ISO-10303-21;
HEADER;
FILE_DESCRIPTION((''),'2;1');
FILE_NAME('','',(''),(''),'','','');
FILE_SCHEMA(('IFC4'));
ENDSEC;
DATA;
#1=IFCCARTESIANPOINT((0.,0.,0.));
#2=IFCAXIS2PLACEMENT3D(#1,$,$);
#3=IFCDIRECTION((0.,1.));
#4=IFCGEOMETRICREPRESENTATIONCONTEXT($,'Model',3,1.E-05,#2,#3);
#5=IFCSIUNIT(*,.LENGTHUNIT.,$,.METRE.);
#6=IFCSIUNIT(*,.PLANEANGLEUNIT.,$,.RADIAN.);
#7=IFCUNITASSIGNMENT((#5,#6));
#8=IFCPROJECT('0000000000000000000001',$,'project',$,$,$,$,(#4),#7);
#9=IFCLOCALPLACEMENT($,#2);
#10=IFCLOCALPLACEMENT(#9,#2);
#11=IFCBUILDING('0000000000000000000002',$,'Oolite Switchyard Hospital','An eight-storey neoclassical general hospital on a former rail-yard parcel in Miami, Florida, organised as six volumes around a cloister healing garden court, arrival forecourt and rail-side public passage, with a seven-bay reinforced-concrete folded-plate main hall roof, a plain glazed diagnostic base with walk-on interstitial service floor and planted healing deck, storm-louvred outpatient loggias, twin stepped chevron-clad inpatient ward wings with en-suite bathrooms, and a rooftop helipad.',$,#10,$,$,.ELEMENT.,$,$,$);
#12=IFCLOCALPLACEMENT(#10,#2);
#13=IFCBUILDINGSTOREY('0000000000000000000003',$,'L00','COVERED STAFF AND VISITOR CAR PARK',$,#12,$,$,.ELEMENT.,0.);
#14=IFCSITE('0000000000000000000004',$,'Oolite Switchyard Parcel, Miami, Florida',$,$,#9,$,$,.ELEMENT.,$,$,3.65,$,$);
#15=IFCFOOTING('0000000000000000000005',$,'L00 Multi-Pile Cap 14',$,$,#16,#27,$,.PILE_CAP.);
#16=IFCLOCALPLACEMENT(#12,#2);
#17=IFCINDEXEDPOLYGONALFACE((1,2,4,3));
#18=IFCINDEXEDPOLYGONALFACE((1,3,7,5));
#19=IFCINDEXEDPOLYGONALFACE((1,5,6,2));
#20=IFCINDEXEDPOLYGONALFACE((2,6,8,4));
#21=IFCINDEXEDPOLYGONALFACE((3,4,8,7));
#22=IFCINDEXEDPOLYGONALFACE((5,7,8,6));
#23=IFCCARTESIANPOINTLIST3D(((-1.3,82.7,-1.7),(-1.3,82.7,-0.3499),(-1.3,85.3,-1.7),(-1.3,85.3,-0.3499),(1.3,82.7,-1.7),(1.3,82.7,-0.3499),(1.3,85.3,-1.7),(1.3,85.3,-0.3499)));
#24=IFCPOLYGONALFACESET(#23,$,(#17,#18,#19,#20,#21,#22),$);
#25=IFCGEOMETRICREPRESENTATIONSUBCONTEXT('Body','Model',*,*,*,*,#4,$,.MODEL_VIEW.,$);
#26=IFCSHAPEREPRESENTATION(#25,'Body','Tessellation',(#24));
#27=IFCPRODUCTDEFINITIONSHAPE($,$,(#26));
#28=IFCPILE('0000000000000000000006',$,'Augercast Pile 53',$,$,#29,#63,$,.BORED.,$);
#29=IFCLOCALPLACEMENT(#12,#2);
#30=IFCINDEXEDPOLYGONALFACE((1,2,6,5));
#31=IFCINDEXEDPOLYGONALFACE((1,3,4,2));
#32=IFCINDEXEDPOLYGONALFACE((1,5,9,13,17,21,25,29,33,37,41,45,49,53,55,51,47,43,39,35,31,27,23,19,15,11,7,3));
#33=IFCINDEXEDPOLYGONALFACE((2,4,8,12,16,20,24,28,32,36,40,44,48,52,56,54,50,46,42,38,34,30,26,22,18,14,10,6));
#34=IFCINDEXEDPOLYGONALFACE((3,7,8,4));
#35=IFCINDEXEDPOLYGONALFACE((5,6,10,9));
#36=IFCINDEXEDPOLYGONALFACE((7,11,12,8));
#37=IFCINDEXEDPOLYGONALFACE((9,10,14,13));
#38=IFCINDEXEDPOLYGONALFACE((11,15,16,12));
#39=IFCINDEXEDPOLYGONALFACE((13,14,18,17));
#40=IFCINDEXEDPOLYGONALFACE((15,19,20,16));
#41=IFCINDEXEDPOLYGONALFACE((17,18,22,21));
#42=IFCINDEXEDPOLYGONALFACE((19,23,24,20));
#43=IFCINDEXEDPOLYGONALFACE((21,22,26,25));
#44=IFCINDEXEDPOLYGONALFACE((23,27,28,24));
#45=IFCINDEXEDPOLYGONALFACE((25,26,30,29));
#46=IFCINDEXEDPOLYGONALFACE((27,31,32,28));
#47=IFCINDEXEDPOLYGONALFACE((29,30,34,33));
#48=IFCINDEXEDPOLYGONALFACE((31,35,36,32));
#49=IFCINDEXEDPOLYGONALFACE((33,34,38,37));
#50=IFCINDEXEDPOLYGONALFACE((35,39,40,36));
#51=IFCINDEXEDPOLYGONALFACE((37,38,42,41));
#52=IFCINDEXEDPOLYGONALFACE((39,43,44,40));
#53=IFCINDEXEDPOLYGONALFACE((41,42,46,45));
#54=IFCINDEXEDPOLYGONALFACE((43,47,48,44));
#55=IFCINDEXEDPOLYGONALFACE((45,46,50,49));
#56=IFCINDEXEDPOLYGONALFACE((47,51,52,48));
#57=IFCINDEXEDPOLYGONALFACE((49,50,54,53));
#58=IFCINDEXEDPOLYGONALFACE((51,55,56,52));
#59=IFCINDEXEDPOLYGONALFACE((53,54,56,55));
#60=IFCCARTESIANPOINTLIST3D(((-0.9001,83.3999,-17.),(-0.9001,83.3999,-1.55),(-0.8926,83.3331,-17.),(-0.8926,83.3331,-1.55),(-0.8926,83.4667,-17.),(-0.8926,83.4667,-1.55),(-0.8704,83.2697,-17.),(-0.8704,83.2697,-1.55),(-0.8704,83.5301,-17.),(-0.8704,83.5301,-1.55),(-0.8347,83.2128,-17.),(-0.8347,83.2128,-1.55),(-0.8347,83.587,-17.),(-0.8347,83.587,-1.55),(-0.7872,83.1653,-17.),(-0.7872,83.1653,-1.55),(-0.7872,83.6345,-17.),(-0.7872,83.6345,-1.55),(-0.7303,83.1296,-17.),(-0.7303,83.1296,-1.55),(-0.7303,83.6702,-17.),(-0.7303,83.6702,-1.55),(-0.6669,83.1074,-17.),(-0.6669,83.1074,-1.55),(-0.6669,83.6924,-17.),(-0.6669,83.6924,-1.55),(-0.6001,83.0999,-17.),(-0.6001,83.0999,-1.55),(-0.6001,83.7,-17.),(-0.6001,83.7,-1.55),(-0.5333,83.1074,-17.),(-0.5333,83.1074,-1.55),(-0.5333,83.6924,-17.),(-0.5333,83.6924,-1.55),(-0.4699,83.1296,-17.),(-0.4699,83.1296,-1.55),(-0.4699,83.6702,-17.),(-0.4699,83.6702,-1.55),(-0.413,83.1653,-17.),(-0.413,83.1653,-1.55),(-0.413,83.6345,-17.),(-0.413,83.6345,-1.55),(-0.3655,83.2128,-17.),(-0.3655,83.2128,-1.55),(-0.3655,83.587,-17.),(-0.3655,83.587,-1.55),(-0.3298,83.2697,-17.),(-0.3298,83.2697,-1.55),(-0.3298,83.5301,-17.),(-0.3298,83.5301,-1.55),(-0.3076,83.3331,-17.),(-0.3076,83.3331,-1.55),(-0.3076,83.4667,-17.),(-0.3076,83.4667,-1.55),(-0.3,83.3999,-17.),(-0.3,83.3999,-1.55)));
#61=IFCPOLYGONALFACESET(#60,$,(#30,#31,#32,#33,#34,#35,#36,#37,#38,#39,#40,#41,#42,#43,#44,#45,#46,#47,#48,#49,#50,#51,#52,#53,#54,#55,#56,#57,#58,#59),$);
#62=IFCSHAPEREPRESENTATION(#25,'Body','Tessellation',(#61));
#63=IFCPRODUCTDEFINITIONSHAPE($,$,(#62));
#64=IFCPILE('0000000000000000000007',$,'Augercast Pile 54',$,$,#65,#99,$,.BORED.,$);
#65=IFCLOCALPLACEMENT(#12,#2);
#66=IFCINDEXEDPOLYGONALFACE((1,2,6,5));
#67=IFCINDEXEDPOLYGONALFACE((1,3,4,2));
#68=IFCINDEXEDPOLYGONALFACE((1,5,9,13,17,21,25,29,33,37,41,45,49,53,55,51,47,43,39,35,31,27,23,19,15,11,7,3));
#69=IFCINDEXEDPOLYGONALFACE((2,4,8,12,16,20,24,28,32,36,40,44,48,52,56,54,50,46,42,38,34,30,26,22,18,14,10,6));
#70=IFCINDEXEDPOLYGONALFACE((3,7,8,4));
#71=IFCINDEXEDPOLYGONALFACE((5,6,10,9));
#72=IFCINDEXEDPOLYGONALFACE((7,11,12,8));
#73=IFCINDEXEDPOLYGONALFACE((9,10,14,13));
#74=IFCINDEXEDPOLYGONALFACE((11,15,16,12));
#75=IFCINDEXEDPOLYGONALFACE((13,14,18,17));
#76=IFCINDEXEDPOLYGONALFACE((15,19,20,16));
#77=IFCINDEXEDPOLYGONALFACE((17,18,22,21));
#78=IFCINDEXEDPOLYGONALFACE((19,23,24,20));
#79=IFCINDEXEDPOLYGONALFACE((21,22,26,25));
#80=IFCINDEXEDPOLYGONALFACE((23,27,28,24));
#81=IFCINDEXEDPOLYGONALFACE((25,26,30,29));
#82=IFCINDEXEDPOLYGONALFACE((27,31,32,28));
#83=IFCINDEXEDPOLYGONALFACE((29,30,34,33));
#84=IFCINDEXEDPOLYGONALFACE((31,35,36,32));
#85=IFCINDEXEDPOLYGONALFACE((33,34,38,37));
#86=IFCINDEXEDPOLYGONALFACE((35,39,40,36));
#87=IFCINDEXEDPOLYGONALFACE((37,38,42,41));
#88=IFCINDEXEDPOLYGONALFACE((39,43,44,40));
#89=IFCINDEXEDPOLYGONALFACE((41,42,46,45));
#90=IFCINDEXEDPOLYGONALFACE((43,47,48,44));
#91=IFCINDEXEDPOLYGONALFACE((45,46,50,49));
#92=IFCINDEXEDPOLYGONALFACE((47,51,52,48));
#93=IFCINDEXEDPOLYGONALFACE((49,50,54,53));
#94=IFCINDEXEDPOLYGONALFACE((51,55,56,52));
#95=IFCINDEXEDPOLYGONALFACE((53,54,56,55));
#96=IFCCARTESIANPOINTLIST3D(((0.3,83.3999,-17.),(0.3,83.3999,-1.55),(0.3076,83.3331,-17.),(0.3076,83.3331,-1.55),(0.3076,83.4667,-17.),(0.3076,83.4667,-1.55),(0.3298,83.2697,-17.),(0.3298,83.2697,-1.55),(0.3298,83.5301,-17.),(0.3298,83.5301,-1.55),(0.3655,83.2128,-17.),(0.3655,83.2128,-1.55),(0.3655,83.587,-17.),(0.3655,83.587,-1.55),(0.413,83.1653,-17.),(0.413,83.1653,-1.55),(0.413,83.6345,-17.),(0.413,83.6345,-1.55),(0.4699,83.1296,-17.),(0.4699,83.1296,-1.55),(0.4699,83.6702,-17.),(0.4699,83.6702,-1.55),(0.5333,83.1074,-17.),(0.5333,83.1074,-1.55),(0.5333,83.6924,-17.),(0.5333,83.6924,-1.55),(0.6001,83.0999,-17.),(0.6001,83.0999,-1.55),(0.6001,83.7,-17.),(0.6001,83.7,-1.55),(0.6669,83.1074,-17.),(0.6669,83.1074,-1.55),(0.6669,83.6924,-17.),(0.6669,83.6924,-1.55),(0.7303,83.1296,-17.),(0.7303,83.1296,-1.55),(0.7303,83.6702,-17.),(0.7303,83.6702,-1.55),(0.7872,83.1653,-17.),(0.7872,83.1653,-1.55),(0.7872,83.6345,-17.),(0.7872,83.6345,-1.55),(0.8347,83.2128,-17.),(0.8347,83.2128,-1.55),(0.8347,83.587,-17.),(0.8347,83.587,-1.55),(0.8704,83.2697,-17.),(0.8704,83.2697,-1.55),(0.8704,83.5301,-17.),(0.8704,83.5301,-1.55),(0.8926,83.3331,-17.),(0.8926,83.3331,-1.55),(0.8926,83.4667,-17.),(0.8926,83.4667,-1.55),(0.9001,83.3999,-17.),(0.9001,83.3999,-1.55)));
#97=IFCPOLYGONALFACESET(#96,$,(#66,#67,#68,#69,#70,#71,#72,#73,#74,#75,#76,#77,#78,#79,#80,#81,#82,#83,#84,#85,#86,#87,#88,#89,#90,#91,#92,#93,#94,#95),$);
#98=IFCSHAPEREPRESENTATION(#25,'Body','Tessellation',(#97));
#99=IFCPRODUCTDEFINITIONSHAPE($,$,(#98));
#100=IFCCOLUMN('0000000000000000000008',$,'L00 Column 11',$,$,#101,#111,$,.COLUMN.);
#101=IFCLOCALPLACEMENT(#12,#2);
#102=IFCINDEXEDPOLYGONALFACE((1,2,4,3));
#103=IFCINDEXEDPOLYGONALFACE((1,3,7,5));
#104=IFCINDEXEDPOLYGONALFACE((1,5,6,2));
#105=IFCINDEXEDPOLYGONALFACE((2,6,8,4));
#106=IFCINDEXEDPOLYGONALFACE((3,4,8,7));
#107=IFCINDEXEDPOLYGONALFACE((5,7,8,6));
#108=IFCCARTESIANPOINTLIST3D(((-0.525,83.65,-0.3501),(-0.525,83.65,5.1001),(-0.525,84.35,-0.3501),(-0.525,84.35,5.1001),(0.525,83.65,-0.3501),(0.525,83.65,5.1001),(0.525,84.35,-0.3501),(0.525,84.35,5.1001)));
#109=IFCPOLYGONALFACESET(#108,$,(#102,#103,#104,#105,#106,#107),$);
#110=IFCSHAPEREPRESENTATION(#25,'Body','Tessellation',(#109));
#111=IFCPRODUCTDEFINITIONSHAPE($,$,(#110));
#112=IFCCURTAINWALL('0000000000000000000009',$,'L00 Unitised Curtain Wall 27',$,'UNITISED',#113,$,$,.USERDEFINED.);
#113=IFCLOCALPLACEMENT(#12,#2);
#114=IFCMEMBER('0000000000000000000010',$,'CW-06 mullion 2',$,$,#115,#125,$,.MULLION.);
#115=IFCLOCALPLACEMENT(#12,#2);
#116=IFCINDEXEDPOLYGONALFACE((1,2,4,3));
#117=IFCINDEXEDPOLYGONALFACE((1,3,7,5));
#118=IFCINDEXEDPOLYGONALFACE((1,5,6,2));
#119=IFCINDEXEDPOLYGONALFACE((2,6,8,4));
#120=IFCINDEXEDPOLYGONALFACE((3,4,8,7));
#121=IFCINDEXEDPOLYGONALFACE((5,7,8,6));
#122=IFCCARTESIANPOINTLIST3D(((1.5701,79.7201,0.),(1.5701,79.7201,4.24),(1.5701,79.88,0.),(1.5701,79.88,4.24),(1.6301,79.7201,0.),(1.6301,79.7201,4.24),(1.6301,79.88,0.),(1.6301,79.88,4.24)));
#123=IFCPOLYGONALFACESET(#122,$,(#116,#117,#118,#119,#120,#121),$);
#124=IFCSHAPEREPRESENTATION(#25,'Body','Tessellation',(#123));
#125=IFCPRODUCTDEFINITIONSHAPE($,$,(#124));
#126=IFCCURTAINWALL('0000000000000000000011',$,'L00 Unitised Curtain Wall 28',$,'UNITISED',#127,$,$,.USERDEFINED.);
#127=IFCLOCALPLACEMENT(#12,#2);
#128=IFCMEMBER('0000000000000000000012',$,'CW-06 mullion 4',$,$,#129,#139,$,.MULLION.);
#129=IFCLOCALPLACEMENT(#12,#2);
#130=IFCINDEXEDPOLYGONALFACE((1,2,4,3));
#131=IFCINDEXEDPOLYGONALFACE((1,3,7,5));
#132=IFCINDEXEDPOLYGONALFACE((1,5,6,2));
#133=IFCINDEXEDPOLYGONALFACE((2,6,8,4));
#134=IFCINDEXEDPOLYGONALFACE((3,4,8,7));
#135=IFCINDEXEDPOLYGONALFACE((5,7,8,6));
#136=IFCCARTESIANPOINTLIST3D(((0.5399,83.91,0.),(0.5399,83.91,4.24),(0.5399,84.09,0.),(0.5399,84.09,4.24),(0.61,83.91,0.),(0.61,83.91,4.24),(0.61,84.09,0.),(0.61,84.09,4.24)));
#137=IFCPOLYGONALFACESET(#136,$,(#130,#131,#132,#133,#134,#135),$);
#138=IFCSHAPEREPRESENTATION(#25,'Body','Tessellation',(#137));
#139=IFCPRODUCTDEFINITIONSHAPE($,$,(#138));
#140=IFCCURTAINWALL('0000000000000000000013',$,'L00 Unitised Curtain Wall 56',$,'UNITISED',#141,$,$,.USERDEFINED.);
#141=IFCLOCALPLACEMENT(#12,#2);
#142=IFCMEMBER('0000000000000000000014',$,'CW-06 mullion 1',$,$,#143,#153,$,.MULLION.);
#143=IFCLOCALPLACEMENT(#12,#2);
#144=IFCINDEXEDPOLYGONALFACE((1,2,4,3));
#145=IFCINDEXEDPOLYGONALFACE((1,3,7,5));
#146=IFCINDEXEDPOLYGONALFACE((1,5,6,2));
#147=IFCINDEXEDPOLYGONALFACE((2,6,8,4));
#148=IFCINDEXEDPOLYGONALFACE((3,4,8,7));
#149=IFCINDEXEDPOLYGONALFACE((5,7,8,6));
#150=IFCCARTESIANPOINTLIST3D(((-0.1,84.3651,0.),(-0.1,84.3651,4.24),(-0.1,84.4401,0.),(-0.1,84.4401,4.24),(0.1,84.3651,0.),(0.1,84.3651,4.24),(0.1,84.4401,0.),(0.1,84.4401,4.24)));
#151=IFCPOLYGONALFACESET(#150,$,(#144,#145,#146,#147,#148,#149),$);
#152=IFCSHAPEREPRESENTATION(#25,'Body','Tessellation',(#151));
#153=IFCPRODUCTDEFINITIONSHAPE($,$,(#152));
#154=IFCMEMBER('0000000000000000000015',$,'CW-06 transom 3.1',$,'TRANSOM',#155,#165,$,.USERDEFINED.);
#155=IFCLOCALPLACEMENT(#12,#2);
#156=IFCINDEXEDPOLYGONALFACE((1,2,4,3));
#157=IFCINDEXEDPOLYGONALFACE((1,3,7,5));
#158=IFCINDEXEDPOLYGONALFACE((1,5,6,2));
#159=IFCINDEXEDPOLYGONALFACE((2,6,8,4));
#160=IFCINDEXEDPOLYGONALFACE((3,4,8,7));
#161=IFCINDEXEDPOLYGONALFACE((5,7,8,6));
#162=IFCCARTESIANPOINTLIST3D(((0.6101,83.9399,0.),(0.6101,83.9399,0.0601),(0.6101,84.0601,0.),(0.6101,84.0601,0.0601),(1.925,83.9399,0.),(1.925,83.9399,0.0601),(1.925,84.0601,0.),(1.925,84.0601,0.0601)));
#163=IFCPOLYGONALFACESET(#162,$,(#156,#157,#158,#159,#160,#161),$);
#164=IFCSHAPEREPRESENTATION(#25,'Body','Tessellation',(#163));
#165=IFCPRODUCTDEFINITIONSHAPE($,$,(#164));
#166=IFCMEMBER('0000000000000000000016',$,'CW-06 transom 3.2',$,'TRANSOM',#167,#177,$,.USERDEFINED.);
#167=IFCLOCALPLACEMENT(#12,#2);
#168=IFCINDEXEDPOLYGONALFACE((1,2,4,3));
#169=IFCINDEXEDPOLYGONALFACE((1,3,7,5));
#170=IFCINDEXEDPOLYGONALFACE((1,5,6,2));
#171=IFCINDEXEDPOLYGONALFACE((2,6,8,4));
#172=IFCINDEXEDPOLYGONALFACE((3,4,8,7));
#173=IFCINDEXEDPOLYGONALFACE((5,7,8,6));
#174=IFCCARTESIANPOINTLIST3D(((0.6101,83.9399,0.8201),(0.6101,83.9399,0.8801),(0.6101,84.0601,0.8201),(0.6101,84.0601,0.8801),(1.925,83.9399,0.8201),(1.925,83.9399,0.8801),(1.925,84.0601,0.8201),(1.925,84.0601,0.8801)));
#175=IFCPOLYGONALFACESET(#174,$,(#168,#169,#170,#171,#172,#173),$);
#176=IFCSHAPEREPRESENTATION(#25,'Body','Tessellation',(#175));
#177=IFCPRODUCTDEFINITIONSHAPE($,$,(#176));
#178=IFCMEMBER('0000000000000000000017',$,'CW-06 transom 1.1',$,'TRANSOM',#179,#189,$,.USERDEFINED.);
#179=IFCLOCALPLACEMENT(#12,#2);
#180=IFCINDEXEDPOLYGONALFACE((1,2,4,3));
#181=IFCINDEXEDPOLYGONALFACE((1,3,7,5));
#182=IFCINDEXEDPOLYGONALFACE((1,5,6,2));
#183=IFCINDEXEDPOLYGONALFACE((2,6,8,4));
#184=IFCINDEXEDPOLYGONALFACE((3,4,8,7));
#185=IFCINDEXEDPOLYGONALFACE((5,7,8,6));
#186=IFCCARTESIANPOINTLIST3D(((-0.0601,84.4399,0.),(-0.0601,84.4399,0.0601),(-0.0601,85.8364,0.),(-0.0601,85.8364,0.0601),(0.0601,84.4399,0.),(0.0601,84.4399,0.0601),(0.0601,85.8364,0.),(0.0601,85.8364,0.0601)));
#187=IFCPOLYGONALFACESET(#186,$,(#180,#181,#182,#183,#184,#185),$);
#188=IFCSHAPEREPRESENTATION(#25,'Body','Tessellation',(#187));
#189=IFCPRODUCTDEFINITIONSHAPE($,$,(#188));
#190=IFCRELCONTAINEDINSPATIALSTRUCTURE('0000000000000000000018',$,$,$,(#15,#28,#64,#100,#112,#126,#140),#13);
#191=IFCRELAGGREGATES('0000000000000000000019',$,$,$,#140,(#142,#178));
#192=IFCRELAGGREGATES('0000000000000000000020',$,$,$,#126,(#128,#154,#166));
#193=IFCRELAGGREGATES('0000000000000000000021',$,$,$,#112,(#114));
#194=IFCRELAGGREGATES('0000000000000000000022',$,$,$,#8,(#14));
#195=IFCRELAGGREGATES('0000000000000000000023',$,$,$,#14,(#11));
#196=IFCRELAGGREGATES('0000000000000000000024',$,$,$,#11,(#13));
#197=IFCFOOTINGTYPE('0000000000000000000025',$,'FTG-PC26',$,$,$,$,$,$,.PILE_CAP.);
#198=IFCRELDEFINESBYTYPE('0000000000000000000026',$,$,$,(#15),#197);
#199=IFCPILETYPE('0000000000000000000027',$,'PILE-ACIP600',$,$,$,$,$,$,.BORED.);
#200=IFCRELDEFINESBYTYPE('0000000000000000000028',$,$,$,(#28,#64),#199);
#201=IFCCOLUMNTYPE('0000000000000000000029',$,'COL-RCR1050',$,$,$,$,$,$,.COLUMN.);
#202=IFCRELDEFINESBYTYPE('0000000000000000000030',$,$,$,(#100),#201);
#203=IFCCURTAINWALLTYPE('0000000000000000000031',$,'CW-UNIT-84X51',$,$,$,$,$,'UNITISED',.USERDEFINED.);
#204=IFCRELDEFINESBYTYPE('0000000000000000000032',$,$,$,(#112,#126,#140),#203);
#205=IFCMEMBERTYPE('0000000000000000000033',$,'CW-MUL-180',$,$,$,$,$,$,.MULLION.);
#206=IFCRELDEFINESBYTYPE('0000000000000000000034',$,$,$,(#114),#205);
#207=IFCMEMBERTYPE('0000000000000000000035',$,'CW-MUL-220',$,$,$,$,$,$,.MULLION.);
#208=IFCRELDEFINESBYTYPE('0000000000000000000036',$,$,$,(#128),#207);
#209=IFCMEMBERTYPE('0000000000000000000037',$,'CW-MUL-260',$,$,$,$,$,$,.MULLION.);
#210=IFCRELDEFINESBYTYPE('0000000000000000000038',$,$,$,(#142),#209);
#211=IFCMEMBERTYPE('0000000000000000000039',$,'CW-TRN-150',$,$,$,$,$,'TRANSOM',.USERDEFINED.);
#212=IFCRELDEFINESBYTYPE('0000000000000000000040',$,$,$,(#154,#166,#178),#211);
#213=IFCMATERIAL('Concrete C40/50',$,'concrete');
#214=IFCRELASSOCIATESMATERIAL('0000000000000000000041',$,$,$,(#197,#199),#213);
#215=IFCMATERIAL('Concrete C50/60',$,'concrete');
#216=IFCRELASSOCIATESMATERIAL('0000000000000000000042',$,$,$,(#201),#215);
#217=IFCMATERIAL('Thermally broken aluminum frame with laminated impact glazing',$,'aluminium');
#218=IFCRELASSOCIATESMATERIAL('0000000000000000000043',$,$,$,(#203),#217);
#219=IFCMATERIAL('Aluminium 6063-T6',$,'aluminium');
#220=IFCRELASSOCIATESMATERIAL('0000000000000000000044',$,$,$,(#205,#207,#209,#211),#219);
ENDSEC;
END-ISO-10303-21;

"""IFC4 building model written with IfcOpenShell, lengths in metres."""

from ifc_helpers import new_model, si_unit, direction, frame, origin, origin_2d, place, context, subcontext, project, spatial, rectangle, circle, extrude, material, material_profile, profile_set, type_object, element, aggregate, save


model = new_model("IFC4")

# Units and contexts
model_context = context("Model", 3, precision=1e-05, world=origin(), true_north=direction((0.0, 1.0)))
body_context = subcontext(model_context, "Body", "Model", "MODEL_VIEW")
ifc_project = project(units=[si_unit("LENGTHUNIT", "METRE"), si_unit("PLANEANGLEUNIT", "RADIAN")], contexts=[model_context])

# Site, building, storey
site_placement = place(None, origin())
site = spatial("IfcSite", under=ifc_project, at=site_placement, Name="Oolite Switchyard Parcel, Miami, Florida", CompositionType="ELEMENT", RefElevation=3.65)
building_placement = place(site_placement, origin())
building = spatial("IfcBuilding", under=site, at=building_placement, Name="Oolite Switchyard Hospital", Description="An eight-storey neoclassical general hospital on a former rail-yard parcel in Miami, Florida, organised as six volumes around a cloister healing garden court, arrival forecourt and rail-side public passage, with a seven-bay reinforced-concrete folded-plate main hall roof, a plain glazed diagnostic base with walk-on interstitial service floor and planted healing deck, storm-louvred outpatient loggias, twin stepped chevron-clad inpatient ward wings with en-suite bathrooms, and a rooftop helipad.", CompositionType="ELEMENT")
storey_placement = place(building_placement, origin())
storey = spatial("IfcBuildingStorey", under=building, at=storey_placement, Name="L00", Description="COVERED STAFF AND VISITOR CAR PARK", CompositionType="ELEMENT", Elevation=0.0)

# Footing
ifc_material_1 = material(Name="Concrete C40/50", Category="concrete")
footing_type = type_object("IfcFootingType", Name="FTG-PC26", PredefinedType="PILE_CAP", material=ifc_material_1)
footing_placement = place(storey_placement, frame((0.0, 84.0, -1.7), z_axis=(0.0, 0.0, 1.0), x_axis=(1.0, 0.0, 0.0)))
element("IfcFooting", 1, at=footing_placement, inside=storey, type_object=footing_type, Name="L00 Multi-Pile Cap 14", PredefinedType="PILE_CAP", context=body_context, shape_type="SweptSolid", body=[
    extrude(rectangle(XDim=2.6001, YDim=2.6001, at=origin_2d()), origin(), (0.0, 0.0, 1.0), 1.3501),
])

# Piles
ifc_material_profile_1 = material_profile(ifc_material_1, circle(Radius=0.3, at=origin_2d()), Name="PILE600")
ifc_profile_set_1 = profile_set([ifc_material_profile_1], Name="Concrete C40/50")
pile_type = type_object("IfcPileType", Name="PILE-ACIP600", PredefinedType="BORED", material=ifc_profile_set_1)
for number, where, z_axis, x_axis, name in (
    (2, (-0.6001, 83.3999, -1.55), (0.0, 0.0, -1.0), (1.0, 0.0, 0.0), "Augercast Pile 53"),
    (3, (0.6001, 83.3999, -1.55), (0.0, 0.0, -1.0), (1.0, 0.0, 0.0), "Augercast Pile 54"),
):
    element("IfcPile", number, at=place(storey_placement, frame(where, z_axis=z_axis, x_axis=x_axis)), inside=storey, type_object=pile_type, Name=name, PredefinedType="BORED", context=body_context, shape_type="SweptSolid", body=[
        extrude(circle(Radius=0.3, at=origin_2d()), origin(), (0.0, 0.0, 1.0), 15.45),
    ])

# Column
ifc_material_2 = material(Name="Concrete C50/60", Category="concrete")
ifc_material_profile_2 = material_profile(ifc_material_2, rectangle(XDim=1.05, YDim=0.7, at=origin_2d()), Name="RC1050X700")
ifc_profile_set_2 = profile_set([ifc_material_profile_2], Name="Concrete C50/60")
column_type = type_object("IfcColumnType", Name="COL-RCR1050", PredefinedType="COLUMN", material=ifc_profile_set_2)
column_placement = place(storey_placement, frame((0.0, 84.0, -0.3501), z_axis=(0.0, 0.0, 1.0), x_axis=(1.0, 0.0, 0.0)))
element("IfcColumn", 4, at=column_placement, inside=storey, type_object=column_type, Name="L00 Column 11", PredefinedType="COLUMN", context=body_context, shape_type="SweptSolid", body=[
    extrude(rectangle(XDim=1.05, YDim=0.7, at=origin_2d()), origin(), (0.0, 0.0, 1.0), 5.4502),
])

# Curtain walls, members
ifc_material_3 = material(Name="Thermally broken aluminum frame with laminated impact glazing", Category="aluminium")
curtain_wall_type = type_object("IfcCurtainWallType", Name="CW-UNIT-84X51", ElementType="UNITISED", PredefinedType="USERDEFINED", material=ifc_material_3)
curtain_wall_1_placement = place(storey_placement, origin())
curtain_wall_1 = element("IfcCurtainWall", 5, at=curtain_wall_1_placement, inside=storey, type_object=curtain_wall_type, Name="L00 Unitised Curtain Wall 27", ObjectType="UNITISED", PredefinedType="USERDEFINED")
ifc_material_4 = material(Name="Aluminium 6063-T6", Category="aluminium")
ifc_material_profile_3 = material_profile(ifc_material_4, rectangle(XDim=0.1599, YDim=0.0601, at=origin_2d()), Name="CWM60X160")
ifc_profile_set_3 = profile_set([ifc_material_profile_3], Name="Aluminium 6063-T6")
member_type_1 = type_object("IfcMemberType", Name="CW-MUL-180", PredefinedType="MULLION", material=ifc_profile_set_3)
member_1_placement = place(storey_placement, frame((1.6001, 79.8, 0.0), z_axis=(0.0, 0.0, 1.0), x_axis=(0.0, 1.0, 0.0)))
member_1 = element("IfcMember", 6, at=member_1_placement, type_object=member_type_1, Name="CW-06 mullion 2", PredefinedType="MULLION", context=body_context, shape_type="SweptSolid", body=[
    extrude(rectangle(XDim=0.1599, YDim=0.0601, at=origin_2d()), origin(), (0.0, 0.0, 1.0), 4.24),
])
curtain_wall_2_placement = place(storey_placement, origin())
curtain_wall_2 = element("IfcCurtainWall", 7, at=curtain_wall_2_placement, inside=storey, type_object=curtain_wall_type, Name="L00 Unitised Curtain Wall 28", ObjectType="UNITISED", PredefinedType="USERDEFINED")
ifc_material_profile_4 = material_profile(ifc_material_4, rectangle(XDim=0.1799, YDim=0.0701, at=origin_2d()), Name="CWM70X180")
ifc_profile_set_4 = profile_set([ifc_material_profile_4], Name="Aluminium 6063-T6")
member_type_2 = type_object("IfcMemberType", Name="CW-MUL-220", PredefinedType="MULLION", material=ifc_profile_set_4)
member_2_placement = place(storey_placement, frame((0.575, 84.0, 0.0), z_axis=(0.0, 0.0, 1.0), x_axis=(0.0, -1.0, 0.0)))
member_2 = element("IfcMember", 8, at=member_2_placement, type_object=member_type_2, Name="CW-06 mullion 4", PredefinedType="MULLION", context=body_context, shape_type="SweptSolid", body=[
    extrude(rectangle(XDim=0.1799, YDim=0.0701, at=origin_2d()), origin(), (0.0, 0.0, 1.0), 4.24),
])
curtain_wall_3_placement = place(storey_placement, origin())
curtain_wall_3 = element("IfcCurtainWall", 9, at=curtain_wall_3_placement, inside=storey, type_object=curtain_wall_type, Name="L00 Unitised Curtain Wall 56", ObjectType="UNITISED", PredefinedType="USERDEFINED")
ifc_material_profile_5 = material_profile(ifc_material_4, rectangle(XDim=0.2, YDim=0.075, at=origin_2d()), Name="CWM75X200")
ifc_profile_set_5 = profile_set([ifc_material_profile_5], Name="Aluminium 6063-T6")
member_type_3 = type_object("IfcMemberType", Name="CW-MUL-260", PredefinedType="MULLION", material=ifc_profile_set_5)
member_3_placement = place(storey_placement, frame((0.0, 84.4026, 0.0), z_axis=(0.0, 0.0, 1.0), x_axis=(-1.0, 0.0, 0.0)))
member_3 = element("IfcMember", 10, at=member_3_placement, type_object=member_type_3, Name="CW-06 mullion 1", PredefinedType="MULLION", context=body_context, shape_type="SweptSolid", body=[
    extrude(rectangle(XDim=0.2, YDim=0.075, at=origin_2d()), origin(), (0.0, 0.0, 1.0), 4.24),
])

# Members
ifc_material_profile_6 = material_profile(ifc_material_4, rectangle(XDim=0.1201, YDim=0.0601, at=origin_2d()), Name="CWT60X120")
ifc_profile_set_6 = profile_set([ifc_material_profile_6], Name="Aluminium 6063-T6")
member_type_4 = type_object("IfcMemberType", Name="CW-TRN-150", ElementType="TRANSOM", PredefinedType="USERDEFINED", material=ifc_profile_set_6)
member_4_placement = place(storey_placement, frame((1.925, 84.0, 0.03), z_axis=(-1.0, 0.0, 0.0), x_axis=(0.0, -1.0, 0.0)))
member_4 = element("IfcMember", 11, at=member_4_placement, type_object=member_type_4, Name="CW-06 transom 3.1", ObjectType="TRANSOM", PredefinedType="USERDEFINED", context=body_context, shape_type="SweptSolid", body=[
    extrude(rectangle(XDim=0.1201, YDim=0.0601, at=origin_2d()), origin(), (0.0, 0.0, 1.0), 1.3149),
])
member_5_placement = place(storey_placement, frame((1.925, 84.0, 0.8501), z_axis=(-1.0, 0.0, 0.0), x_axis=(0.0, -1.0, 0.0)))
member_5 = element("IfcMember", 12, at=member_5_placement, type_object=member_type_4, Name="CW-06 transom 3.2", ObjectType="TRANSOM", PredefinedType="USERDEFINED", context=body_context, shape_type="SweptSolid", body=[
    extrude(rectangle(XDim=0.1201, YDim=0.0601, at=origin_2d()), origin(), (0.0, 0.0, 1.0), 1.3149),
])
member_6_placement = place(storey_placement, frame((0.0, 84.4399, 0.03), z_axis=(0.0, 1.0, 0.0), x_axis=(-1.0, 0.0, 0.0)))
member_6 = element("IfcMember", 13, at=member_6_placement, type_object=member_type_4, Name="CW-06 transom 1.1", ObjectType="TRANSOM", PredefinedType="USERDEFINED", context=body_context, shape_type="SweptSolid", body=[
    extrude(rectangle(XDim=0.1201, YDim=0.0601, at=origin_2d()), origin(), (0.0, 0.0, 1.0), 1.3965),
])
aggregate(curtain_wall_3, [member_3, member_6])

aggregate(curtain_wall_2, [member_2, member_4, member_5])
aggregate(curtain_wall_1, [member_1])

save(model, "model.ifc")
